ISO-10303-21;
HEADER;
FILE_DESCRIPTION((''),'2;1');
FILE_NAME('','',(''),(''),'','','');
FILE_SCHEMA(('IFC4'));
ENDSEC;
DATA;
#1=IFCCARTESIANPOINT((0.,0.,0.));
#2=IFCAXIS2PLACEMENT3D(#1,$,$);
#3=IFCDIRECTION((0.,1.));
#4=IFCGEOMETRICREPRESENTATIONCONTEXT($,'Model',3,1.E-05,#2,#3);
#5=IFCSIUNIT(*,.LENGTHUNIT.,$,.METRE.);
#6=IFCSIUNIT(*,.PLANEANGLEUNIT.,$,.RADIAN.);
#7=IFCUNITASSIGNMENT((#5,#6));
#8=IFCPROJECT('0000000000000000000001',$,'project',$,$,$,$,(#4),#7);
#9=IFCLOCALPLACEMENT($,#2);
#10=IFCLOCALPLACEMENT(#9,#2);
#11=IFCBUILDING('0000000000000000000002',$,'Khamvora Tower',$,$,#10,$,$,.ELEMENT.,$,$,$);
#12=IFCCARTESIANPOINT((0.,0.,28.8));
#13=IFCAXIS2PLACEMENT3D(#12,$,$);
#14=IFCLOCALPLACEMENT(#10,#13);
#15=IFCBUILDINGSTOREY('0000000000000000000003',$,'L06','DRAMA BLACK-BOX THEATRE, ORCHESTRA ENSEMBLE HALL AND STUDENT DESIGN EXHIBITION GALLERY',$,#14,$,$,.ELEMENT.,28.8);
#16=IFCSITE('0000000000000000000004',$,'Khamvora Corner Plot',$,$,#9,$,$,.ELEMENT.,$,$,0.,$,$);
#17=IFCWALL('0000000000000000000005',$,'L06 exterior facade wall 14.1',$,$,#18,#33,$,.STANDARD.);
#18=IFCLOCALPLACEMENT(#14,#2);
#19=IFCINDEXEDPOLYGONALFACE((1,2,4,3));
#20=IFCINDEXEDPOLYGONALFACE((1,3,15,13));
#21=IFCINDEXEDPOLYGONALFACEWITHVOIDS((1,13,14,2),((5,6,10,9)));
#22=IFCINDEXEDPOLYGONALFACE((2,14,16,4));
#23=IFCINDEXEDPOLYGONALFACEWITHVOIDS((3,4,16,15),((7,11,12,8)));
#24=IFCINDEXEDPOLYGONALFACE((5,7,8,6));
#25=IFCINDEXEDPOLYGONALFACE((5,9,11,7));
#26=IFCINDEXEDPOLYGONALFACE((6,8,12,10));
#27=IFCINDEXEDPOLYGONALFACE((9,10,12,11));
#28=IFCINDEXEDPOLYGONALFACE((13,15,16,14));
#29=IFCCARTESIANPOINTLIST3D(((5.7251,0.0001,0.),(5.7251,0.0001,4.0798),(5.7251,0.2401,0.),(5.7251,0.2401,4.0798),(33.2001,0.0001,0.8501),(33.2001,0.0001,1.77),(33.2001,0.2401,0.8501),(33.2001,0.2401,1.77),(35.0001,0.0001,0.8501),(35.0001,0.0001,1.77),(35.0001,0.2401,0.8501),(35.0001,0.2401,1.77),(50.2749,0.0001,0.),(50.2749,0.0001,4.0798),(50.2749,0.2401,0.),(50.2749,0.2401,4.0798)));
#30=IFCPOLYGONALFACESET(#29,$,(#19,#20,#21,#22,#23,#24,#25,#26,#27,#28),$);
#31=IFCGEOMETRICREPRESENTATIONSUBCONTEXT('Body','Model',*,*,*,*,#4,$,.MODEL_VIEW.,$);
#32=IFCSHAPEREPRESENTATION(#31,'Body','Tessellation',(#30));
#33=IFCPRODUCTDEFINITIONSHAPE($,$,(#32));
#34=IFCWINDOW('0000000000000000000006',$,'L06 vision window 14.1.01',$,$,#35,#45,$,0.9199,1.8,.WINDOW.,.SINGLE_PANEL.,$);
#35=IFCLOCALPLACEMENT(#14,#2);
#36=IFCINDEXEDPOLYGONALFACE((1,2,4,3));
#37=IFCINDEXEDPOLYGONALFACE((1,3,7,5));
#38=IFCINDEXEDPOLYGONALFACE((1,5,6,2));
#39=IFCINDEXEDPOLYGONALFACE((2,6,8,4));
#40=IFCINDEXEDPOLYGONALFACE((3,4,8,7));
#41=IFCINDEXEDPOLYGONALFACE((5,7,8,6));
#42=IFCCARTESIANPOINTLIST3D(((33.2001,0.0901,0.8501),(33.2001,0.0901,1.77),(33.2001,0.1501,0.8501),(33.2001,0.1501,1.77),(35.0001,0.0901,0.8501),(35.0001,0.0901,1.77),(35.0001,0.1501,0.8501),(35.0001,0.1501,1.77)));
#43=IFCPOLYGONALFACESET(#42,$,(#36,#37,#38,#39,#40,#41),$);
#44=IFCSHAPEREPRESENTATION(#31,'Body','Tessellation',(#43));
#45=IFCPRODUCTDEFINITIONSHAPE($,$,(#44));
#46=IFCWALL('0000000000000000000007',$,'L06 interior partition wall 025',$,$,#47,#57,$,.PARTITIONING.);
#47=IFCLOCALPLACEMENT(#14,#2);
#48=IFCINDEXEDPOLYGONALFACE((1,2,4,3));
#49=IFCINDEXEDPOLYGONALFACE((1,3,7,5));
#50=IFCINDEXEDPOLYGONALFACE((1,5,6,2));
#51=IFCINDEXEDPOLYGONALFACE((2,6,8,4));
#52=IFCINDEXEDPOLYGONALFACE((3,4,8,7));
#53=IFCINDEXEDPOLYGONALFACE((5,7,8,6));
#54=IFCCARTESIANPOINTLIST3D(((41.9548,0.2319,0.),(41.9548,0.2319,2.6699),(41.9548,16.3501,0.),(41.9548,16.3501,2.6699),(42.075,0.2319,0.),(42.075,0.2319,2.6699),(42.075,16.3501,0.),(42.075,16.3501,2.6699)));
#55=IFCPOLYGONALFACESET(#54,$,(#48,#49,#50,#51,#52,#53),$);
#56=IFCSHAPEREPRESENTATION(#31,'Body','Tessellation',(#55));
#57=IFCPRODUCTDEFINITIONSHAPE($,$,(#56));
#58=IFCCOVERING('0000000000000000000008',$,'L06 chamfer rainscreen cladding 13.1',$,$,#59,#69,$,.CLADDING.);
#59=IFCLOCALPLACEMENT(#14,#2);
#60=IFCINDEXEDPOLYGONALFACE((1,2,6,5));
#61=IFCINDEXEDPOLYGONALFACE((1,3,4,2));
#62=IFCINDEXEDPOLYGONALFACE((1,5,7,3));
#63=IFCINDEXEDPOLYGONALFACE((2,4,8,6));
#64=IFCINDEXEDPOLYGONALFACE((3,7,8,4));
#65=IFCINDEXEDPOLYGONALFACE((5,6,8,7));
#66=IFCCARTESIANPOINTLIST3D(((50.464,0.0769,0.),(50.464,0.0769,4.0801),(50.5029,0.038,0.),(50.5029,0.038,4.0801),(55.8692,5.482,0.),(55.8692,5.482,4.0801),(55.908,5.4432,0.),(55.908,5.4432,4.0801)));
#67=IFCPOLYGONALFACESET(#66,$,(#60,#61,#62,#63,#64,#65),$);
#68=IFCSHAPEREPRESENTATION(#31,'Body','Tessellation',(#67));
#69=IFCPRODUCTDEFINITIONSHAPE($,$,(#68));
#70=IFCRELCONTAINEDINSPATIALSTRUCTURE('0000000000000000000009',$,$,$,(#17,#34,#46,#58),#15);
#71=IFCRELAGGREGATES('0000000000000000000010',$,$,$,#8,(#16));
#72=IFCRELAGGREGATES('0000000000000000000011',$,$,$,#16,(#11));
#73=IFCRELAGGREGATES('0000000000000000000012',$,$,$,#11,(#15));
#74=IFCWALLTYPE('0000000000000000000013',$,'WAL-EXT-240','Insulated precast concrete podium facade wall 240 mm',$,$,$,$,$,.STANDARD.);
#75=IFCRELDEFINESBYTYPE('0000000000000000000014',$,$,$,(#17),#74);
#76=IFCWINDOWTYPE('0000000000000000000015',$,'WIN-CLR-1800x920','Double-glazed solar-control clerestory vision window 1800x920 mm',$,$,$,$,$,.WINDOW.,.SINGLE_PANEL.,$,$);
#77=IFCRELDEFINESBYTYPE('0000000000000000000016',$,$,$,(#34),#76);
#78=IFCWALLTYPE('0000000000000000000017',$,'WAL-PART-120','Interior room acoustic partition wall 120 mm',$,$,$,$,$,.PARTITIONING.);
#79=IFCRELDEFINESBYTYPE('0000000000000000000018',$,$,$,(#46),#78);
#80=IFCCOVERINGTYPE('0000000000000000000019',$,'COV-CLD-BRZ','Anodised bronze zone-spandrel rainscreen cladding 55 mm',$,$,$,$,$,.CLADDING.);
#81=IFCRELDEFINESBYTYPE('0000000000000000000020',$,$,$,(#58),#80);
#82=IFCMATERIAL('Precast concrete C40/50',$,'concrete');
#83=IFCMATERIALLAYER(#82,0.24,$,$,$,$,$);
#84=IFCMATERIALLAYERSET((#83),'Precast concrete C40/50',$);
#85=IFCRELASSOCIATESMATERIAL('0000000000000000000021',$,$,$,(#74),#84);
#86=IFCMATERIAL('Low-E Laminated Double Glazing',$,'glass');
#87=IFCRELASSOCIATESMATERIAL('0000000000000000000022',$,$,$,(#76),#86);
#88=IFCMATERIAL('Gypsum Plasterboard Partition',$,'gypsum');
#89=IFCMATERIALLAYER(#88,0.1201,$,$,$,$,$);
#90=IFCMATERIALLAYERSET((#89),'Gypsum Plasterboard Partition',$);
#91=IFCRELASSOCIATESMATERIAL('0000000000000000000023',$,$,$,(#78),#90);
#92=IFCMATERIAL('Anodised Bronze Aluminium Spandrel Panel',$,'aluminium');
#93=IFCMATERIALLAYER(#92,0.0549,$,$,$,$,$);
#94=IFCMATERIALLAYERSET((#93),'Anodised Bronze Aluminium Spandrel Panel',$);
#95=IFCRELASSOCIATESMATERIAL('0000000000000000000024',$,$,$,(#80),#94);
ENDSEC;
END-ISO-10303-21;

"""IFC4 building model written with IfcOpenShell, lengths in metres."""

from ifc_helpers import new_model, si_unit, direction, frame, frame_2d, origin, origin_2d, place, context, subcontext, project, spatial, rectangle, extrude, material, layer, layer_set, type_object, element, fill, save


model = new_model("IFC4")

# Units and contexts
model_context = context("Model", 3, precision=1e-05, world=origin(), true_north=direction((0.0, 1.0)))
body_context = subcontext(model_context, "Body", "Model", "MODEL_VIEW")
ifc_project = project(units=[si_unit("LENGTHUNIT", "METRE"), si_unit("PLANEANGLEUNIT", "RADIAN")], contexts=[model_context])

# Site, building, storey
site_placement = place(None, origin())
site = spatial("IfcSite", under=ifc_project, at=site_placement, Name="Khamvora Corner Plot", CompositionType="ELEMENT", RefElevation=0.0)
building_placement = place(site_placement, origin())
building = spatial("IfcBuilding", under=site, at=building_placement, Name="Khamvora Tower", CompositionType="ELEMENT")
storey_placement = place(building_placement, frame((0.0, 0.0, 28.8)))
storey = spatial("IfcBuildingStorey", under=building, at=storey_placement, Name="L06", Description="DRAMA BLACK-BOX THEATRE, ORCHESTRA ENSEMBLE HALL AND STUDENT DESIGN EXHIBITION GALLERY", CompositionType="ELEMENT", Elevation=28.8)

# Shared definitions
ifc_material_1 = material(Name="Precast concrete C40/50", Category="concrete")
ifc_layer_1 = layer(ifc_material_1, 0.24)
ifc_layer_set_1 = layer_set([ifc_layer_1], Name="Precast concrete C40/50")
wall_type_1 = type_object("IfcWallType", Name="WAL-EXT-240", Description="Insulated precast concrete podium facade wall 240 mm", PredefinedType="STANDARD", material=ifc_layer_set_1)

# Wall, opening, window
wall_1_placement = place(storey_placement, frame((50.2749, 0.1201, 0.0), z_axis=(0.0, 0.0, 1.0), x_axis=(-1.0, 0.0, 0.0)))
wall_1 = element("IfcWall", 1, at=wall_1_placement, inside=storey, type_object=wall_type_1, Name="L06 exterior facade wall 14.1", PredefinedType="STANDARD", context=body_context, shape_type="SweptSolid", body=[
    extrude(rectangle(XDim=44.5498, YDim=0.24, at=frame_2d((22.2749, 0.0))), origin(), (0.0, 0.0, 1.0), 4.0798),
])
opening_1_placement = place(wall_1_placement, frame((15.2749, 0.0, 0.8501)))
opening_1 = element("IfcOpeningElement", 2, at=opening_1_placement, cuts=wall_1, PredefinedType="OPENING", context=body_context, shape_type="SweptSolid", body=[
    extrude(rectangle(XDim=1.8, YDim=0.9199, at=frame_2d((0.8999, 0.46))), frame((0.0, 0.1299, 0.0), z_axis=(0.0, -1.0, 0.0), x_axis=(1.0, 0.0, 0.0)), (0.0, 0.0, 1.0), 0.26),
])
ifc_material_2 = material(Name="Low-E Laminated Double Glazing", Category="glass")
window_type = type_object("IfcWindowType", Name="WIN-CLR-1800x920", Description="Double-glazed solar-control clerestory vision window 1800x920 mm", PartitioningType="SINGLE_PANEL", PredefinedType="WINDOW", material=ifc_material_2)
window_placement = place(opening_1_placement, origin())
window = element("IfcWindow", 3, at=window_placement, inside=storey, type_object=window_type, Name="L06 vision window 14.1.01", OverallHeight=0.9199, OverallWidth=1.8, PartitioningType="SINGLE_PANEL", PredefinedType="WINDOW", context=body_context, shape_type="SweptSolid", body=[
    extrude(rectangle(XDim=1.8, YDim=0.9199, at=frame_2d((0.8999, 0.46))), frame((0.0, 0.03, 0.0), z_axis=(0.0, -1.0, 0.0), x_axis=(1.0, 0.0, 0.0)), (0.0, 0.0, 1.0), 0.0601),
])
fill(opening_1, window)

# Wall
ifc_material_3 = material(Name="Gypsum Plasterboard Partition", Category="gypsum")
ifc_layer_2 = layer(ifc_material_3, 0.1201)
ifc_layer_set_2 = layer_set([ifc_layer_2], Name="Gypsum Plasterboard Partition")
wall_type_2 = type_object("IfcWallType", Name="WAL-PART-120", Description="Interior room acoustic partition wall 120 mm", PredefinedType="PARTITIONING", material=ifc_layer_set_2)
wall_2_placement = place(storey_placement, frame((42.0149, 0.2319, 0.0), z_axis=(0.0, 0.0, 1.0), x_axis=(0.0, 1.0, 0.0)))
element("IfcWall", 4, at=wall_2_placement, inside=storey, type_object=wall_type_2, Name="L06 interior partition wall 025", PredefinedType="PARTITIONING", context=body_context, shape_type="SweptSolid", body=[
    extrude(rectangle(XDim=16.1182, YDim=0.1201, at=frame_2d((8.0591, 0.0))), origin(), (0.0, 0.0, 1.0), 2.6699),
])

# Covering
ifc_material_4 = material(Name="Anodised Bronze Aluminium Spandrel Panel", Category="aluminium")
ifc_layer_3 = layer(ifc_material_4, 0.0549)
ifc_layer_set_3 = layer_set([ifc_layer_3], Name="Anodised Bronze Aluminium Spandrel Panel")
covering_type = type_object("IfcCoveringType", Name="COV-CLD-BRZ", Description="Anodised bronze zone-spandrel rainscreen cladding 55 mm", PredefinedType="CLADDING", material=ifc_layer_set_3)
covering_placement = place(storey_placement, frame((53.186, 2.76, 0.0), z_axis=(0.0, 0.0, 1.0), x_axis=(-0.707107, -0.707107, 0.0)))
element("IfcCovering", 5, at=covering_placement, inside=storey, type_object=covering_type, Name="L06 chamfer rainscreen cladding 13.1", PredefinedType="CLADDING", context=body_context, shape_type="SweptSolid", body=[
    extrude(rectangle(XDim=7.644, YDim=0.0549, at=origin_2d()), origin(), (0.0, 0.0, 1.0), 4.0801),
])

save(model, "model.ifc")
